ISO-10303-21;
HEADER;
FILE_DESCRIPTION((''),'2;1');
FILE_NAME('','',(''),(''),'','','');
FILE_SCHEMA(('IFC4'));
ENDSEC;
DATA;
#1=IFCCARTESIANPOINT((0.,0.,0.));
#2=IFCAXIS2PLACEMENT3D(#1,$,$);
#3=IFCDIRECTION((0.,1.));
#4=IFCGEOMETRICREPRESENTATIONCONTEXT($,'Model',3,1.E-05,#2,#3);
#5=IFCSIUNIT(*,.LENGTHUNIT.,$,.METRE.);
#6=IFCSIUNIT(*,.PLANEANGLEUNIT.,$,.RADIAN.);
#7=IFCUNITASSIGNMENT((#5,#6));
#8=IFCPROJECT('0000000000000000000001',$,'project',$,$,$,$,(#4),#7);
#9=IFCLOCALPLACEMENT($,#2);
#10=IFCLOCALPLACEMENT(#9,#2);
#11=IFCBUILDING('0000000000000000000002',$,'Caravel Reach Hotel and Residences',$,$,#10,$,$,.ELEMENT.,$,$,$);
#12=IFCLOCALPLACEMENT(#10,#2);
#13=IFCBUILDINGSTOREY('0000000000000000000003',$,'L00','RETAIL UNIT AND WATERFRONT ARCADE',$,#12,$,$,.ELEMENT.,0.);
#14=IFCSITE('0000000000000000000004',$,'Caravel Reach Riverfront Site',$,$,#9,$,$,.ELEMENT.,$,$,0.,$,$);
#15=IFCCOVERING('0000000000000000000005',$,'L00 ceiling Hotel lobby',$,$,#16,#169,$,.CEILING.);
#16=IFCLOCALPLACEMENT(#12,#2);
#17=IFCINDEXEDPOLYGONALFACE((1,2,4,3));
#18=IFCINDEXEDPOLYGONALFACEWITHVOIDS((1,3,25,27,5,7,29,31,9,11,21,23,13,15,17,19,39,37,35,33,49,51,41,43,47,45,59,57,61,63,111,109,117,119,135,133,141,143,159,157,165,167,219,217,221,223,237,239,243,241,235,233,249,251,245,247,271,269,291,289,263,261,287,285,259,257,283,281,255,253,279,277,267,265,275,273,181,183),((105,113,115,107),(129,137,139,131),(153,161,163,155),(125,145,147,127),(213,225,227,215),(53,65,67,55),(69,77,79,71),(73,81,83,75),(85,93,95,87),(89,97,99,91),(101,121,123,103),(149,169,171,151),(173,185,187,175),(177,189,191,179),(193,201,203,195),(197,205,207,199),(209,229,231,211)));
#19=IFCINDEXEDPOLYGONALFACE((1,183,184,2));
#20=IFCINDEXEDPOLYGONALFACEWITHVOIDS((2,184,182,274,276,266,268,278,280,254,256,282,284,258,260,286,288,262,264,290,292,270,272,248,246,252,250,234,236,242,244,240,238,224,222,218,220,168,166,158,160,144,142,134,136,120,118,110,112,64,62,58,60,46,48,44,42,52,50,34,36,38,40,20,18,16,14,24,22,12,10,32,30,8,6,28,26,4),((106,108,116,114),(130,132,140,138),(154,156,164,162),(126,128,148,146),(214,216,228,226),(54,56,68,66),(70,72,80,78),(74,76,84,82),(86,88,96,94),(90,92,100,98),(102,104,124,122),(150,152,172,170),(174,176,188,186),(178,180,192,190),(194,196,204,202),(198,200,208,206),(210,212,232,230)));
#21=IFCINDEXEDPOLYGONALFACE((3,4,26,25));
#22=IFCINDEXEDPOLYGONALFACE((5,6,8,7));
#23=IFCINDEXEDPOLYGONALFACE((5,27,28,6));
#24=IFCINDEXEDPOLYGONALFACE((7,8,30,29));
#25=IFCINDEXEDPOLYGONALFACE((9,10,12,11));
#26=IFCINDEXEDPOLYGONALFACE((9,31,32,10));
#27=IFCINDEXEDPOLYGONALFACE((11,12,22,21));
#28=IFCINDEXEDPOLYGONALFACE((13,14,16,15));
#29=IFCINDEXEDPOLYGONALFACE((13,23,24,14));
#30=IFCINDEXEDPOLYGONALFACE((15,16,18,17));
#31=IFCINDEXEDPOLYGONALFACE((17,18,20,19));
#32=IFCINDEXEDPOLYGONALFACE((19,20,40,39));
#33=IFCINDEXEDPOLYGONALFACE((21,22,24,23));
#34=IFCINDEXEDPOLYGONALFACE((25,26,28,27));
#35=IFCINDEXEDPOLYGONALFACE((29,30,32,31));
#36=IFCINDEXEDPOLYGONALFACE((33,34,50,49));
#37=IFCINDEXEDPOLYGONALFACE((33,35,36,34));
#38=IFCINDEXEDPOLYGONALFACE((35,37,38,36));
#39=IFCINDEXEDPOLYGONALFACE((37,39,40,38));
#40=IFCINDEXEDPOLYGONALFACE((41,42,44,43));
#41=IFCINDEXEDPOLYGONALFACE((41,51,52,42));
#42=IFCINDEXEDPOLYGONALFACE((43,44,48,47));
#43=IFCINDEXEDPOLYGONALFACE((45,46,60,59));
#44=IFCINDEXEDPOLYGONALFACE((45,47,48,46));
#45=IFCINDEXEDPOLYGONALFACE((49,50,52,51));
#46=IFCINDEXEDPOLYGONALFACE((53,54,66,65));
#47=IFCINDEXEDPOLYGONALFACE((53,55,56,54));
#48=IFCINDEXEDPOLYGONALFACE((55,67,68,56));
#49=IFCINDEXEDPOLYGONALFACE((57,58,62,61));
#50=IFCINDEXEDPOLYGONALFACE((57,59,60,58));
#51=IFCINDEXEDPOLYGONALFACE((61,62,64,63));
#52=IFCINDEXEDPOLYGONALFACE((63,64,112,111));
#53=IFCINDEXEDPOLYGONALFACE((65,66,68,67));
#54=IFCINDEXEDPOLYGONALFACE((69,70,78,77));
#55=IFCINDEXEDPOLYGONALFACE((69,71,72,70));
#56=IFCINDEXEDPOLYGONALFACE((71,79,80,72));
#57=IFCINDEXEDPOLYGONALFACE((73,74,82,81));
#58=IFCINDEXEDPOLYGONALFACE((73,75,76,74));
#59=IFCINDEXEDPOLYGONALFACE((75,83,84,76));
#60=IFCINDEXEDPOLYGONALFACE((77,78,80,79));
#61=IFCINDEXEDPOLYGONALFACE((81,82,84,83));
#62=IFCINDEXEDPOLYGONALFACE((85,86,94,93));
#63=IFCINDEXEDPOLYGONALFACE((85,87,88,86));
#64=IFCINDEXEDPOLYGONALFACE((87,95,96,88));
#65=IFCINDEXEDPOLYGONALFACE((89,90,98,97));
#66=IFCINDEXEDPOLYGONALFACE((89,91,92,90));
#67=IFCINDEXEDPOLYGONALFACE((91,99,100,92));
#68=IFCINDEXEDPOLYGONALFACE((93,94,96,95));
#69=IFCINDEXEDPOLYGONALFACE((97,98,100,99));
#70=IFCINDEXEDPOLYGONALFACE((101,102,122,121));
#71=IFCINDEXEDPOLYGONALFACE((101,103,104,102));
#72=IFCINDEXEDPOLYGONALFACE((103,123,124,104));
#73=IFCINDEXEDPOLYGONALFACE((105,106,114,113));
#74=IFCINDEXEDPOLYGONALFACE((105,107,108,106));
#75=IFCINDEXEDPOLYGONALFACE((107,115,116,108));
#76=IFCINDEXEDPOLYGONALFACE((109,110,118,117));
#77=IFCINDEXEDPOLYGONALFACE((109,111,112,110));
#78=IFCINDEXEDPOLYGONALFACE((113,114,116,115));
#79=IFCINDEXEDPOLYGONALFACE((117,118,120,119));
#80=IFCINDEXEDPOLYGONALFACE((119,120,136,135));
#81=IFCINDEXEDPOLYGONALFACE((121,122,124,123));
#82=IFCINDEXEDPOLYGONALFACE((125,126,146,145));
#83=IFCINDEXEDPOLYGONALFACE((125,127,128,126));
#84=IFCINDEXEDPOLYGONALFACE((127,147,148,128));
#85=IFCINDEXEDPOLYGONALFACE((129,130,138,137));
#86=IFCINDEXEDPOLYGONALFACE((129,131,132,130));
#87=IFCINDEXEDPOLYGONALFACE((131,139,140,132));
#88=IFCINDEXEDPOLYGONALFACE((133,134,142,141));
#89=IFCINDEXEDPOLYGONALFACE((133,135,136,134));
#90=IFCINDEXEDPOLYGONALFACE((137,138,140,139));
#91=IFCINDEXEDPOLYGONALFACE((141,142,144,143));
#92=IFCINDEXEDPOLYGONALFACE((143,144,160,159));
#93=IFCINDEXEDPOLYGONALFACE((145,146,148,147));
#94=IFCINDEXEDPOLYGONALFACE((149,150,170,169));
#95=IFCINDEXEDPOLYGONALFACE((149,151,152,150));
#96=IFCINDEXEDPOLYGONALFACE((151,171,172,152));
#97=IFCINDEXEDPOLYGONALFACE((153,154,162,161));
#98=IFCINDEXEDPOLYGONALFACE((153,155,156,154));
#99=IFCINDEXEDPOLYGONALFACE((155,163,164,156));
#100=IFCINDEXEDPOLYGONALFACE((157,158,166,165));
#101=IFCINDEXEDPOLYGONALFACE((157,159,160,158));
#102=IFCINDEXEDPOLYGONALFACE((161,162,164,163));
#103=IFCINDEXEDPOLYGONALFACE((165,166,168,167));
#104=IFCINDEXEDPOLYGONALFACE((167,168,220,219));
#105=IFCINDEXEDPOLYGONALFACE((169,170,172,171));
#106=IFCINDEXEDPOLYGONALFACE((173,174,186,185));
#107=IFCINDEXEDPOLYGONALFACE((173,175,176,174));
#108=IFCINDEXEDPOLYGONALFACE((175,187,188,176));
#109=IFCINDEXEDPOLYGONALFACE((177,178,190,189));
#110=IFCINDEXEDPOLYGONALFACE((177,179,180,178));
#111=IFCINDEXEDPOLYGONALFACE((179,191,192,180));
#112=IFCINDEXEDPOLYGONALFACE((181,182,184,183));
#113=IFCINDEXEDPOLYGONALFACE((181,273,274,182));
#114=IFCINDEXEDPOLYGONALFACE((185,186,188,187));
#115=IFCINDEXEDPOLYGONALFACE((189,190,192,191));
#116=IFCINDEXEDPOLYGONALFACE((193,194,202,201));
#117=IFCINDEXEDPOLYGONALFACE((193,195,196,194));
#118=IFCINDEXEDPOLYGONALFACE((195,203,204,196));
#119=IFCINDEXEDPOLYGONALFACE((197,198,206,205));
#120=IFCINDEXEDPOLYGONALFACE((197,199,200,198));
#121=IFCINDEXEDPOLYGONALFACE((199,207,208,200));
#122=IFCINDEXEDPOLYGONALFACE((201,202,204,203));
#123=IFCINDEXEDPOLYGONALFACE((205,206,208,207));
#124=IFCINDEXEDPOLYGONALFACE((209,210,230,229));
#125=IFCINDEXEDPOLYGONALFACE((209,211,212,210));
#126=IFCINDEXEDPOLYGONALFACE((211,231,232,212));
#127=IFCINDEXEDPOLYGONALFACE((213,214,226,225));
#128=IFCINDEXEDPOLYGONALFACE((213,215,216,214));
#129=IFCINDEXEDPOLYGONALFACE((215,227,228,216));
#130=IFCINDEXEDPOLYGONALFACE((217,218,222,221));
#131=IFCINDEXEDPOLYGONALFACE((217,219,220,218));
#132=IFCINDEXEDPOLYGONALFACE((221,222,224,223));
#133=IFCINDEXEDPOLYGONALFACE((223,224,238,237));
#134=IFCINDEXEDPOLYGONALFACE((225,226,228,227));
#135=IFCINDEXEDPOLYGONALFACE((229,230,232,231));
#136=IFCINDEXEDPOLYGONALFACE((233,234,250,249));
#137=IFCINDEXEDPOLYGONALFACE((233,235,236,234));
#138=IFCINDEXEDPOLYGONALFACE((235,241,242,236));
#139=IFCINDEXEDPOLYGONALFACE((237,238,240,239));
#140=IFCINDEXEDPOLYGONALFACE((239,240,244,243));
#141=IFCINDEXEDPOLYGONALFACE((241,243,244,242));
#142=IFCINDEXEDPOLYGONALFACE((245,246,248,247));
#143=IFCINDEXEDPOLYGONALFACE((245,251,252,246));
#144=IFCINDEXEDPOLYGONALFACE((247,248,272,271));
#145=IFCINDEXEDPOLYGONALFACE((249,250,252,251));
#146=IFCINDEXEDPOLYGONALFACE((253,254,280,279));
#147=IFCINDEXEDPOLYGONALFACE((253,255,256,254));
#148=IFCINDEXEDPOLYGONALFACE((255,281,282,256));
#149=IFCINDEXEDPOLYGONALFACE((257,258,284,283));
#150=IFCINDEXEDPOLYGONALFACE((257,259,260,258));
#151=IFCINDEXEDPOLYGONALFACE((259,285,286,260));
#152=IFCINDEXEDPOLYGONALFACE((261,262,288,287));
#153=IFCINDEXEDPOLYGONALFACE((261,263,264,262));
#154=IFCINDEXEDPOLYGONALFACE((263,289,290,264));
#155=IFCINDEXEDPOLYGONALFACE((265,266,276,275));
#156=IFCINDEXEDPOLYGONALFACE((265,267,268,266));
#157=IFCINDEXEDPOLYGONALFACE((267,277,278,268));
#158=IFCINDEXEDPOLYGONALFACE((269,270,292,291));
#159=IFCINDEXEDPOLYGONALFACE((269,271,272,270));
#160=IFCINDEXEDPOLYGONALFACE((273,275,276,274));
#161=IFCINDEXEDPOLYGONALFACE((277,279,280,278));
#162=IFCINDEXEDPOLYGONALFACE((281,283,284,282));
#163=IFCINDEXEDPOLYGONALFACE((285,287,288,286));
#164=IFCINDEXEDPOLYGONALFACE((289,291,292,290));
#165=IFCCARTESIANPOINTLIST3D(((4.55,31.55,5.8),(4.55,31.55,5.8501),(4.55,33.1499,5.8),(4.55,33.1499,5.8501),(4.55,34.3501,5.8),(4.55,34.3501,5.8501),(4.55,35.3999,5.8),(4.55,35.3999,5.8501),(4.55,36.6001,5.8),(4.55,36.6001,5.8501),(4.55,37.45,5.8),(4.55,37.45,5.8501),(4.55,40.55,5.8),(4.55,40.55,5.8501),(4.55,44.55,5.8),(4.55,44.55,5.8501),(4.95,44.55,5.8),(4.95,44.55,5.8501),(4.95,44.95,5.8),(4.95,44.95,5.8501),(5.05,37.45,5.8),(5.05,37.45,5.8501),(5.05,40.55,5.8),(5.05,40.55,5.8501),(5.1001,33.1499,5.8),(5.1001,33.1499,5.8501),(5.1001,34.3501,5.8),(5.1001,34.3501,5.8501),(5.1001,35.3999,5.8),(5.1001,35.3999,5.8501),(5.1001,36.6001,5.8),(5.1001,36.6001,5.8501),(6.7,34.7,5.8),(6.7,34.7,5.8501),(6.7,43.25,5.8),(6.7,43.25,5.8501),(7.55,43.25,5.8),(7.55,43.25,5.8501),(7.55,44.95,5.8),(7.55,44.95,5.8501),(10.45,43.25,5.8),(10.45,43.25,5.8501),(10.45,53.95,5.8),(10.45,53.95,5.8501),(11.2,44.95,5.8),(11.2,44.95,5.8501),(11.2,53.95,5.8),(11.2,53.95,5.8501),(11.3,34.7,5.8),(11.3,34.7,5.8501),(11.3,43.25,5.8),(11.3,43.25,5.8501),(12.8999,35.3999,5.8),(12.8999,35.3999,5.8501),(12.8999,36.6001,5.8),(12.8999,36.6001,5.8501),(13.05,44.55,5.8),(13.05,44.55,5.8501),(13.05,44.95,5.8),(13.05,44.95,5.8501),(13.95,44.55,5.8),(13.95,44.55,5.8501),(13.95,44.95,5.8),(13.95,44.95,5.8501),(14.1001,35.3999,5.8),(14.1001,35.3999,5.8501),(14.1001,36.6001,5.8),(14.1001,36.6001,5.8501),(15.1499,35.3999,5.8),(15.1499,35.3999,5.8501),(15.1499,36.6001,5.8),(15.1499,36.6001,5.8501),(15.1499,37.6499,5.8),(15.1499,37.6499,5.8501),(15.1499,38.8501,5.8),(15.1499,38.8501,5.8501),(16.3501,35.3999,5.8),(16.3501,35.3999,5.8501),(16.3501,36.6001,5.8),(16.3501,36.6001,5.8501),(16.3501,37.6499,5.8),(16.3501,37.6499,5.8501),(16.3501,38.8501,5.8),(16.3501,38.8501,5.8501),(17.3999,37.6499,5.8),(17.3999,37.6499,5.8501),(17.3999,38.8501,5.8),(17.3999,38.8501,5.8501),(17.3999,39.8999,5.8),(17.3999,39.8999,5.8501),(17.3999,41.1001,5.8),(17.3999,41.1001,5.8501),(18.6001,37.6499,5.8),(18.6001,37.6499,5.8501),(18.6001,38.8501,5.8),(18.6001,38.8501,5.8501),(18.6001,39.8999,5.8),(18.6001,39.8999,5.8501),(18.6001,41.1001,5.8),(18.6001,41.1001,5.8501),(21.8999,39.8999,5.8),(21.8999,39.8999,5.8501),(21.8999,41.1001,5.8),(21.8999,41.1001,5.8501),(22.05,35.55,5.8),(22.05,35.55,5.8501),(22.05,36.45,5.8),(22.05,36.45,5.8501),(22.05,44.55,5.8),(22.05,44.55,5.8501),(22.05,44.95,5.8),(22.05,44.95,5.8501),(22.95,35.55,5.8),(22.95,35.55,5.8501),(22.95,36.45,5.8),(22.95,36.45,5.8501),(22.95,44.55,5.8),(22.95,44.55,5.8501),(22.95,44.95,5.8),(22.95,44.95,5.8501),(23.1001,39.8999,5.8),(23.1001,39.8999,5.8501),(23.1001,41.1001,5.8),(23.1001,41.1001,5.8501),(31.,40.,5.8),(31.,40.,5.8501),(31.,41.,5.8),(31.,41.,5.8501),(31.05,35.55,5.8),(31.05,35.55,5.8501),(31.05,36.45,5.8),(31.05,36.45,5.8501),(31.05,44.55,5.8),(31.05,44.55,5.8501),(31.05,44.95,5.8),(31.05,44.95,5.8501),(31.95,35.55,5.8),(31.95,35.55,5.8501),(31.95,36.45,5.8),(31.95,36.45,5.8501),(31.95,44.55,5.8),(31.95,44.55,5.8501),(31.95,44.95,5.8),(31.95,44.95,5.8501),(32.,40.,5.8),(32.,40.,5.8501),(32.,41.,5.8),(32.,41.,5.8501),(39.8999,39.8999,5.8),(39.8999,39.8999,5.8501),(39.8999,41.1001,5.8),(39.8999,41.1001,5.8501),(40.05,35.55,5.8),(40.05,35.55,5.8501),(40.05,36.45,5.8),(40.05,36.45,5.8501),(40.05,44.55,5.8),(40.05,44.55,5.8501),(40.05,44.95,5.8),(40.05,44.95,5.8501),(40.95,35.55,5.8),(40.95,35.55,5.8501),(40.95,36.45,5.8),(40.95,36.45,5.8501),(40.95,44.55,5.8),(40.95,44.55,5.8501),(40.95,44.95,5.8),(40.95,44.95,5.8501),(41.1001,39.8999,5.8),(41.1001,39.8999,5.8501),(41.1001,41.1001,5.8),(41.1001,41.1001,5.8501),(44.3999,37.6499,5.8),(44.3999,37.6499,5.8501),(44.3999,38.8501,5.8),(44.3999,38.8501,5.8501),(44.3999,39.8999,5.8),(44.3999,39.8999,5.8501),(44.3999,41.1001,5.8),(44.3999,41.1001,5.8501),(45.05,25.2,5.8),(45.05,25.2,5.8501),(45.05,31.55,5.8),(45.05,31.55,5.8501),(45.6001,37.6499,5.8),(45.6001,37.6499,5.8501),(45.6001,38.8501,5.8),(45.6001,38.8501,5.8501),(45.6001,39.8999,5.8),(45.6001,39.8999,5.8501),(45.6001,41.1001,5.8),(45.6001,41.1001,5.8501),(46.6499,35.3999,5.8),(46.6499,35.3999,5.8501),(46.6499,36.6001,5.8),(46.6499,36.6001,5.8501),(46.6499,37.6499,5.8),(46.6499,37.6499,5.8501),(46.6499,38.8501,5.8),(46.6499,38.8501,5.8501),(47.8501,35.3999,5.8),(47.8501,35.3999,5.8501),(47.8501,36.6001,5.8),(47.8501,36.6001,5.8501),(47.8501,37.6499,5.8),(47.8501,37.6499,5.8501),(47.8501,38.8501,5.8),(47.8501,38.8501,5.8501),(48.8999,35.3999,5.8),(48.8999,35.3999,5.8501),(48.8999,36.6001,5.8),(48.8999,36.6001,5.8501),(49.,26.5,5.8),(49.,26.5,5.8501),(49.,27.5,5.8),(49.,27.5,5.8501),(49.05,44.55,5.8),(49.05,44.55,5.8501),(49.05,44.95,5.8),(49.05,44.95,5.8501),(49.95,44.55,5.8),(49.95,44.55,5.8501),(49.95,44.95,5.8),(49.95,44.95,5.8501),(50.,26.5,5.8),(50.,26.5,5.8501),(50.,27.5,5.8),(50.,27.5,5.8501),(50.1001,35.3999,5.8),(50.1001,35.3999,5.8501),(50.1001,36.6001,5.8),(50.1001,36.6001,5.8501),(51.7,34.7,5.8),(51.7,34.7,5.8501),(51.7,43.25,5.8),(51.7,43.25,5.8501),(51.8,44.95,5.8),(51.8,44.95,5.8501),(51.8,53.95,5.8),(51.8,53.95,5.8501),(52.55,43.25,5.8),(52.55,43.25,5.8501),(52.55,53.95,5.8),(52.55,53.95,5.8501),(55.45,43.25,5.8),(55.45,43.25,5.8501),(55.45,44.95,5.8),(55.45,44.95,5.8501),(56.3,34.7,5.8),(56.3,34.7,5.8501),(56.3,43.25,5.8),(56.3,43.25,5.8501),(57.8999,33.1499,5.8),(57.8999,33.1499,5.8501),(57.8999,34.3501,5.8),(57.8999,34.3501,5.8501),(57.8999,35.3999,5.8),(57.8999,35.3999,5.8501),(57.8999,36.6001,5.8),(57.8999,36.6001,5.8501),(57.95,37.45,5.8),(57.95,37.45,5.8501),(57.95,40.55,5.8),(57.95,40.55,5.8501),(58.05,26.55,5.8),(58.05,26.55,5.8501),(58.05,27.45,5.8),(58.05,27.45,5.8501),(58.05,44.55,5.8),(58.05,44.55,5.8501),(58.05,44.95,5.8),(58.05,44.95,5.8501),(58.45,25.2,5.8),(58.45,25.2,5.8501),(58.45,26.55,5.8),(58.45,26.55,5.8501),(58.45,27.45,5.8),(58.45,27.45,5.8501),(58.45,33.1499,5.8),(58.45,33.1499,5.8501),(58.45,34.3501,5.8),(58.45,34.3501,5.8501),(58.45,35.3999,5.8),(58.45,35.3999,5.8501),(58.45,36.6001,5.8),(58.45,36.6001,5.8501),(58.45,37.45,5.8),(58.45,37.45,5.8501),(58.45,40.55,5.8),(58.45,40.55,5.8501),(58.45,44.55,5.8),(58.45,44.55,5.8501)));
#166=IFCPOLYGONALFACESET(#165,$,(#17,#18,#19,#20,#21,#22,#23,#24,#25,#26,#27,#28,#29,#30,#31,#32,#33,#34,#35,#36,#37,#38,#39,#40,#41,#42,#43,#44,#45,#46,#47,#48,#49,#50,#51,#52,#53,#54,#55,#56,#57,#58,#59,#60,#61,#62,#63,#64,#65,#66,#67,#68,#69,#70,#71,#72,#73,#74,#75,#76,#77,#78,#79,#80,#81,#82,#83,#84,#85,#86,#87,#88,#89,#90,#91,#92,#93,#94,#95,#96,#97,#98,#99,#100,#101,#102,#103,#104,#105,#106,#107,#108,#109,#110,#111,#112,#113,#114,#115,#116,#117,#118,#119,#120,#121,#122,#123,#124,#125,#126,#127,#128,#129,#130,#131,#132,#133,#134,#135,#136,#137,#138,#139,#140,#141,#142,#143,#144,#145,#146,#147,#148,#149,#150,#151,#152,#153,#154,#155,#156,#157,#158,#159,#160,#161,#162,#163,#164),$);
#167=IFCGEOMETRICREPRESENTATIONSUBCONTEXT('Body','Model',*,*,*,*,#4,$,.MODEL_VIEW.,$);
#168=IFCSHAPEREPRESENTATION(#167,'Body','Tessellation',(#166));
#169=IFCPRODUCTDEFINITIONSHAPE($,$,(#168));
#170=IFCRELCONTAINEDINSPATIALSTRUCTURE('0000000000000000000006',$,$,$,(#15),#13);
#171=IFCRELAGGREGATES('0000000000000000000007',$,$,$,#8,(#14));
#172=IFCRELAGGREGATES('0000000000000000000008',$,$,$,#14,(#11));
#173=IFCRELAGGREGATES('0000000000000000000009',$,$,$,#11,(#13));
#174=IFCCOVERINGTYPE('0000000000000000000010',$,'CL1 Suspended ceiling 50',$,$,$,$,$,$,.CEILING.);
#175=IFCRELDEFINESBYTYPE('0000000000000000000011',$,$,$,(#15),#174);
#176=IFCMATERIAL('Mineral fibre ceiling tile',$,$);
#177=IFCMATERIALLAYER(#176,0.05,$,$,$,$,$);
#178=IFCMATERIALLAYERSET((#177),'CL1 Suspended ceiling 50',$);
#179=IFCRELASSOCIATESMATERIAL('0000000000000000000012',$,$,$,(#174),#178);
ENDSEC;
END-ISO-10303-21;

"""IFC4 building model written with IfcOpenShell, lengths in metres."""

from ifc_helpers import new_model, si_unit, direction, frame, origin, place, context, subcontext, project, spatial, polyline, outline, extrude, material, layer, layer_set, type_object, element, save


model = new_model("IFC4")

# Units and contexts
model_context = context("Model", 3, precision=1e-05, world=origin(), true_north=direction((0.0, 1.0)))
body_context = subcontext(model_context, "Body", "Model", "MODEL_VIEW")
ifc_project = project(units=[si_unit("LENGTHUNIT", "METRE"), si_unit("PLANEANGLEUNIT", "RADIAN")], contexts=[model_context])

# Site, building, storey
site_placement = place(None, origin())
site = spatial("IfcSite", under=ifc_project, at=site_placement, Name="Caravel Reach Riverfront Site", CompositionType="ELEMENT", RefElevation=0.0)
building_placement = place(site_placement, origin())
building = spatial("IfcBuilding", under=site, at=building_placement, Name="Caravel Reach Hotel and Residences", CompositionType="ELEMENT")
storey_placement = place(building_placement, origin())
storey = spatial("IfcBuildingStorey", under=building, at=storey_placement, Name="L00", Description="RETAIL UNIT AND WATERFRONT ARCADE", CompositionType="ELEMENT", Elevation=0.0)

# Covering
ifc_material_1 = material(Name="Mineral fibre ceiling tile")
ifc_layer_1 = layer(ifc_material_1, 0.05)
ifc_layer_set_1 = layer_set([ifc_layer_1], Name="CL1 Suspended ceiling 50")
covering_type = type_object("IfcCoveringType", Name="CL1 Suspended ceiling 50", PredefinedType="CEILING", material=ifc_layer_set_1)
covering_1_placement = place(storey_placement, frame((0.0, 0.0, 5.8)))
element("IfcCovering", 1, at=covering_1_placement, inside=storey, type_object=covering_type, Name="L00 ceiling Hotel lobby", PredefinedType="CEILING", context=body_context, shape_type="SweptSolid", body=[
    extrude(outline(polyline([(4.95, 44.95), (4.95, 44.55), (4.55, 44.55), (4.55, 40.55), (5.05, 40.55), (5.05, 37.45), (4.55, 37.45), (4.55, 36.6001), (5.1001, 36.6001), (5.1001, 35.3999), (4.55, 35.3999), (4.55, 34.3501), (5.1001, 34.3501), (5.1001, 33.1499), (4.55, 33.1499), (4.55, 31.55), (45.05, 31.55), (45.05, 25.2), (58.45, 25.2), (58.45, 26.55), (58.05, 26.55), (58.05, 27.45), (58.45, 27.45), (58.45, 33.1499), (57.8999, 33.1499), (57.8999, 34.3501), (58.45, 34.3501), (58.45, 35.3999), (57.8999, 35.3999), (57.8999, 36.6001), (58.45, 36.6001), (58.45, 37.45), (57.95, 37.45), (57.95, 40.55), (58.45, 40.55), (58.45, 44.55), (58.05, 44.55), (58.05, 44.95), (55.45, 44.95), (55.45, 43.25), (56.3, 43.25), (56.3, 34.7), (51.7, 34.7), (51.7, 43.25), (52.55, 43.25), (52.55, 53.95), (51.8, 53.95), (51.8, 44.95), (49.95, 44.95), (49.95, 44.55), (49.05, 44.55), (49.05, 44.95), (40.95, 44.95), (40.95, 44.55), (40.05, 44.55), (40.05, 44.95), (31.95, 44.95), (31.95, 44.55), (31.05, 44.55), (31.05, 44.95), (22.95, 44.95), (22.95, 44.55), (22.05, 44.55), (22.05, 44.95), (13.95, 44.95), (13.95, 44.55), (13.05, 44.55), (13.05, 44.95), (11.2, 44.95), (11.2, 53.95), (10.45, 53.95), (10.45, 43.25), (11.3, 43.25), (11.3, 34.7), (6.7, 34.7), (6.7, 43.25), (7.55, 43.25), (7.55, 44.95), (4.95, 44.95)]), holes=[polyline([(50.1001, 35.3999), (48.8999, 35.3999), (48.8999, 36.6001), (50.1001, 36.6001), (50.1001, 35.3999)]), polyline([(46.6499, 35.3999), (46.6499, 36.6001), (47.8501, 36.6001), (47.8501, 35.3999), (46.6499, 35.3999)]), polyline([(46.6499, 38.8501), (47.8501, 38.8501), (47.8501, 37.6499), (46.6499, 37.6499), (46.6499, 38.8501)]), polyline([(45.6001, 38.8501), (45.6001, 37.6499), (44.3999, 37.6499), (44.3999, 38.8501), (45.6001, 38.8501)]), polyline([(45.6001, 39.8999), (44.3999, 39.8999), (44.3999, 41.1001), (45.6001, 41.1001), (45.6001, 39.8999)]), polyline([(39.8999, 39.8999), (39.8999, 41.1001), (41.1001, 41.1001), (41.1001, 39.8999), (39.8999, 39.8999)]), polyline([(23.1001, 39.8999), (21.8999, 39.8999), (21.8999, 41.1001), (23.1001, 41.1001), (23.1001, 39.8999)]), polyline([(17.3999, 39.8999), (17.3999, 41.1001), (18.6001, 41.1001), (18.6001, 39.8999), (17.3999, 39.8999)]), polyline([(17.3999, 38.8501), (18.6001, 38.8501), (18.6001, 37.6499), (17.3999, 37.6499), (17.3999, 38.8501)]), polyline([(16.3501, 38.8501), (16.3501, 37.6499), (15.1499, 37.6499), (15.1499, 38.8501), (16.3501, 38.8501)]), polyline([(16.3501, 35.3999), (15.1499, 35.3999), (15.1499, 36.6001), (16.3501, 36.6001), (16.3501, 35.3999)]), polyline([(12.8999, 35.3999), (12.8999, 36.6001), (14.1001, 36.6001), (14.1001, 35.3999), (12.8999, 35.3999)]), polyline([(31.0, 41.0), (32.0, 41.0), (32.0, 40.0), (31.0, 40.0), (31.0, 41.0)]), polyline([(49.0, 26.5), (49.0, 27.5), (50.0, 27.5), (50.0, 26.5), (49.0, 26.5)]), polyline([(22.05, 35.55), (22.05, 36.45), (22.95, 36.45), (22.95, 35.55), (22.05, 35.55)]), polyline([(31.05, 35.55), (31.05, 36.45), (31.95, 36.45), (31.95, 35.55), (31.05, 35.55)]), polyline([(40.05, 35.55), (40.05, 36.45), (40.95, 36.45), (40.95, 35.55), (40.05, 35.55)])]), origin(), (0.0, 0.0, 1.0), 0.05),
])

save(model, "model.ifc")
